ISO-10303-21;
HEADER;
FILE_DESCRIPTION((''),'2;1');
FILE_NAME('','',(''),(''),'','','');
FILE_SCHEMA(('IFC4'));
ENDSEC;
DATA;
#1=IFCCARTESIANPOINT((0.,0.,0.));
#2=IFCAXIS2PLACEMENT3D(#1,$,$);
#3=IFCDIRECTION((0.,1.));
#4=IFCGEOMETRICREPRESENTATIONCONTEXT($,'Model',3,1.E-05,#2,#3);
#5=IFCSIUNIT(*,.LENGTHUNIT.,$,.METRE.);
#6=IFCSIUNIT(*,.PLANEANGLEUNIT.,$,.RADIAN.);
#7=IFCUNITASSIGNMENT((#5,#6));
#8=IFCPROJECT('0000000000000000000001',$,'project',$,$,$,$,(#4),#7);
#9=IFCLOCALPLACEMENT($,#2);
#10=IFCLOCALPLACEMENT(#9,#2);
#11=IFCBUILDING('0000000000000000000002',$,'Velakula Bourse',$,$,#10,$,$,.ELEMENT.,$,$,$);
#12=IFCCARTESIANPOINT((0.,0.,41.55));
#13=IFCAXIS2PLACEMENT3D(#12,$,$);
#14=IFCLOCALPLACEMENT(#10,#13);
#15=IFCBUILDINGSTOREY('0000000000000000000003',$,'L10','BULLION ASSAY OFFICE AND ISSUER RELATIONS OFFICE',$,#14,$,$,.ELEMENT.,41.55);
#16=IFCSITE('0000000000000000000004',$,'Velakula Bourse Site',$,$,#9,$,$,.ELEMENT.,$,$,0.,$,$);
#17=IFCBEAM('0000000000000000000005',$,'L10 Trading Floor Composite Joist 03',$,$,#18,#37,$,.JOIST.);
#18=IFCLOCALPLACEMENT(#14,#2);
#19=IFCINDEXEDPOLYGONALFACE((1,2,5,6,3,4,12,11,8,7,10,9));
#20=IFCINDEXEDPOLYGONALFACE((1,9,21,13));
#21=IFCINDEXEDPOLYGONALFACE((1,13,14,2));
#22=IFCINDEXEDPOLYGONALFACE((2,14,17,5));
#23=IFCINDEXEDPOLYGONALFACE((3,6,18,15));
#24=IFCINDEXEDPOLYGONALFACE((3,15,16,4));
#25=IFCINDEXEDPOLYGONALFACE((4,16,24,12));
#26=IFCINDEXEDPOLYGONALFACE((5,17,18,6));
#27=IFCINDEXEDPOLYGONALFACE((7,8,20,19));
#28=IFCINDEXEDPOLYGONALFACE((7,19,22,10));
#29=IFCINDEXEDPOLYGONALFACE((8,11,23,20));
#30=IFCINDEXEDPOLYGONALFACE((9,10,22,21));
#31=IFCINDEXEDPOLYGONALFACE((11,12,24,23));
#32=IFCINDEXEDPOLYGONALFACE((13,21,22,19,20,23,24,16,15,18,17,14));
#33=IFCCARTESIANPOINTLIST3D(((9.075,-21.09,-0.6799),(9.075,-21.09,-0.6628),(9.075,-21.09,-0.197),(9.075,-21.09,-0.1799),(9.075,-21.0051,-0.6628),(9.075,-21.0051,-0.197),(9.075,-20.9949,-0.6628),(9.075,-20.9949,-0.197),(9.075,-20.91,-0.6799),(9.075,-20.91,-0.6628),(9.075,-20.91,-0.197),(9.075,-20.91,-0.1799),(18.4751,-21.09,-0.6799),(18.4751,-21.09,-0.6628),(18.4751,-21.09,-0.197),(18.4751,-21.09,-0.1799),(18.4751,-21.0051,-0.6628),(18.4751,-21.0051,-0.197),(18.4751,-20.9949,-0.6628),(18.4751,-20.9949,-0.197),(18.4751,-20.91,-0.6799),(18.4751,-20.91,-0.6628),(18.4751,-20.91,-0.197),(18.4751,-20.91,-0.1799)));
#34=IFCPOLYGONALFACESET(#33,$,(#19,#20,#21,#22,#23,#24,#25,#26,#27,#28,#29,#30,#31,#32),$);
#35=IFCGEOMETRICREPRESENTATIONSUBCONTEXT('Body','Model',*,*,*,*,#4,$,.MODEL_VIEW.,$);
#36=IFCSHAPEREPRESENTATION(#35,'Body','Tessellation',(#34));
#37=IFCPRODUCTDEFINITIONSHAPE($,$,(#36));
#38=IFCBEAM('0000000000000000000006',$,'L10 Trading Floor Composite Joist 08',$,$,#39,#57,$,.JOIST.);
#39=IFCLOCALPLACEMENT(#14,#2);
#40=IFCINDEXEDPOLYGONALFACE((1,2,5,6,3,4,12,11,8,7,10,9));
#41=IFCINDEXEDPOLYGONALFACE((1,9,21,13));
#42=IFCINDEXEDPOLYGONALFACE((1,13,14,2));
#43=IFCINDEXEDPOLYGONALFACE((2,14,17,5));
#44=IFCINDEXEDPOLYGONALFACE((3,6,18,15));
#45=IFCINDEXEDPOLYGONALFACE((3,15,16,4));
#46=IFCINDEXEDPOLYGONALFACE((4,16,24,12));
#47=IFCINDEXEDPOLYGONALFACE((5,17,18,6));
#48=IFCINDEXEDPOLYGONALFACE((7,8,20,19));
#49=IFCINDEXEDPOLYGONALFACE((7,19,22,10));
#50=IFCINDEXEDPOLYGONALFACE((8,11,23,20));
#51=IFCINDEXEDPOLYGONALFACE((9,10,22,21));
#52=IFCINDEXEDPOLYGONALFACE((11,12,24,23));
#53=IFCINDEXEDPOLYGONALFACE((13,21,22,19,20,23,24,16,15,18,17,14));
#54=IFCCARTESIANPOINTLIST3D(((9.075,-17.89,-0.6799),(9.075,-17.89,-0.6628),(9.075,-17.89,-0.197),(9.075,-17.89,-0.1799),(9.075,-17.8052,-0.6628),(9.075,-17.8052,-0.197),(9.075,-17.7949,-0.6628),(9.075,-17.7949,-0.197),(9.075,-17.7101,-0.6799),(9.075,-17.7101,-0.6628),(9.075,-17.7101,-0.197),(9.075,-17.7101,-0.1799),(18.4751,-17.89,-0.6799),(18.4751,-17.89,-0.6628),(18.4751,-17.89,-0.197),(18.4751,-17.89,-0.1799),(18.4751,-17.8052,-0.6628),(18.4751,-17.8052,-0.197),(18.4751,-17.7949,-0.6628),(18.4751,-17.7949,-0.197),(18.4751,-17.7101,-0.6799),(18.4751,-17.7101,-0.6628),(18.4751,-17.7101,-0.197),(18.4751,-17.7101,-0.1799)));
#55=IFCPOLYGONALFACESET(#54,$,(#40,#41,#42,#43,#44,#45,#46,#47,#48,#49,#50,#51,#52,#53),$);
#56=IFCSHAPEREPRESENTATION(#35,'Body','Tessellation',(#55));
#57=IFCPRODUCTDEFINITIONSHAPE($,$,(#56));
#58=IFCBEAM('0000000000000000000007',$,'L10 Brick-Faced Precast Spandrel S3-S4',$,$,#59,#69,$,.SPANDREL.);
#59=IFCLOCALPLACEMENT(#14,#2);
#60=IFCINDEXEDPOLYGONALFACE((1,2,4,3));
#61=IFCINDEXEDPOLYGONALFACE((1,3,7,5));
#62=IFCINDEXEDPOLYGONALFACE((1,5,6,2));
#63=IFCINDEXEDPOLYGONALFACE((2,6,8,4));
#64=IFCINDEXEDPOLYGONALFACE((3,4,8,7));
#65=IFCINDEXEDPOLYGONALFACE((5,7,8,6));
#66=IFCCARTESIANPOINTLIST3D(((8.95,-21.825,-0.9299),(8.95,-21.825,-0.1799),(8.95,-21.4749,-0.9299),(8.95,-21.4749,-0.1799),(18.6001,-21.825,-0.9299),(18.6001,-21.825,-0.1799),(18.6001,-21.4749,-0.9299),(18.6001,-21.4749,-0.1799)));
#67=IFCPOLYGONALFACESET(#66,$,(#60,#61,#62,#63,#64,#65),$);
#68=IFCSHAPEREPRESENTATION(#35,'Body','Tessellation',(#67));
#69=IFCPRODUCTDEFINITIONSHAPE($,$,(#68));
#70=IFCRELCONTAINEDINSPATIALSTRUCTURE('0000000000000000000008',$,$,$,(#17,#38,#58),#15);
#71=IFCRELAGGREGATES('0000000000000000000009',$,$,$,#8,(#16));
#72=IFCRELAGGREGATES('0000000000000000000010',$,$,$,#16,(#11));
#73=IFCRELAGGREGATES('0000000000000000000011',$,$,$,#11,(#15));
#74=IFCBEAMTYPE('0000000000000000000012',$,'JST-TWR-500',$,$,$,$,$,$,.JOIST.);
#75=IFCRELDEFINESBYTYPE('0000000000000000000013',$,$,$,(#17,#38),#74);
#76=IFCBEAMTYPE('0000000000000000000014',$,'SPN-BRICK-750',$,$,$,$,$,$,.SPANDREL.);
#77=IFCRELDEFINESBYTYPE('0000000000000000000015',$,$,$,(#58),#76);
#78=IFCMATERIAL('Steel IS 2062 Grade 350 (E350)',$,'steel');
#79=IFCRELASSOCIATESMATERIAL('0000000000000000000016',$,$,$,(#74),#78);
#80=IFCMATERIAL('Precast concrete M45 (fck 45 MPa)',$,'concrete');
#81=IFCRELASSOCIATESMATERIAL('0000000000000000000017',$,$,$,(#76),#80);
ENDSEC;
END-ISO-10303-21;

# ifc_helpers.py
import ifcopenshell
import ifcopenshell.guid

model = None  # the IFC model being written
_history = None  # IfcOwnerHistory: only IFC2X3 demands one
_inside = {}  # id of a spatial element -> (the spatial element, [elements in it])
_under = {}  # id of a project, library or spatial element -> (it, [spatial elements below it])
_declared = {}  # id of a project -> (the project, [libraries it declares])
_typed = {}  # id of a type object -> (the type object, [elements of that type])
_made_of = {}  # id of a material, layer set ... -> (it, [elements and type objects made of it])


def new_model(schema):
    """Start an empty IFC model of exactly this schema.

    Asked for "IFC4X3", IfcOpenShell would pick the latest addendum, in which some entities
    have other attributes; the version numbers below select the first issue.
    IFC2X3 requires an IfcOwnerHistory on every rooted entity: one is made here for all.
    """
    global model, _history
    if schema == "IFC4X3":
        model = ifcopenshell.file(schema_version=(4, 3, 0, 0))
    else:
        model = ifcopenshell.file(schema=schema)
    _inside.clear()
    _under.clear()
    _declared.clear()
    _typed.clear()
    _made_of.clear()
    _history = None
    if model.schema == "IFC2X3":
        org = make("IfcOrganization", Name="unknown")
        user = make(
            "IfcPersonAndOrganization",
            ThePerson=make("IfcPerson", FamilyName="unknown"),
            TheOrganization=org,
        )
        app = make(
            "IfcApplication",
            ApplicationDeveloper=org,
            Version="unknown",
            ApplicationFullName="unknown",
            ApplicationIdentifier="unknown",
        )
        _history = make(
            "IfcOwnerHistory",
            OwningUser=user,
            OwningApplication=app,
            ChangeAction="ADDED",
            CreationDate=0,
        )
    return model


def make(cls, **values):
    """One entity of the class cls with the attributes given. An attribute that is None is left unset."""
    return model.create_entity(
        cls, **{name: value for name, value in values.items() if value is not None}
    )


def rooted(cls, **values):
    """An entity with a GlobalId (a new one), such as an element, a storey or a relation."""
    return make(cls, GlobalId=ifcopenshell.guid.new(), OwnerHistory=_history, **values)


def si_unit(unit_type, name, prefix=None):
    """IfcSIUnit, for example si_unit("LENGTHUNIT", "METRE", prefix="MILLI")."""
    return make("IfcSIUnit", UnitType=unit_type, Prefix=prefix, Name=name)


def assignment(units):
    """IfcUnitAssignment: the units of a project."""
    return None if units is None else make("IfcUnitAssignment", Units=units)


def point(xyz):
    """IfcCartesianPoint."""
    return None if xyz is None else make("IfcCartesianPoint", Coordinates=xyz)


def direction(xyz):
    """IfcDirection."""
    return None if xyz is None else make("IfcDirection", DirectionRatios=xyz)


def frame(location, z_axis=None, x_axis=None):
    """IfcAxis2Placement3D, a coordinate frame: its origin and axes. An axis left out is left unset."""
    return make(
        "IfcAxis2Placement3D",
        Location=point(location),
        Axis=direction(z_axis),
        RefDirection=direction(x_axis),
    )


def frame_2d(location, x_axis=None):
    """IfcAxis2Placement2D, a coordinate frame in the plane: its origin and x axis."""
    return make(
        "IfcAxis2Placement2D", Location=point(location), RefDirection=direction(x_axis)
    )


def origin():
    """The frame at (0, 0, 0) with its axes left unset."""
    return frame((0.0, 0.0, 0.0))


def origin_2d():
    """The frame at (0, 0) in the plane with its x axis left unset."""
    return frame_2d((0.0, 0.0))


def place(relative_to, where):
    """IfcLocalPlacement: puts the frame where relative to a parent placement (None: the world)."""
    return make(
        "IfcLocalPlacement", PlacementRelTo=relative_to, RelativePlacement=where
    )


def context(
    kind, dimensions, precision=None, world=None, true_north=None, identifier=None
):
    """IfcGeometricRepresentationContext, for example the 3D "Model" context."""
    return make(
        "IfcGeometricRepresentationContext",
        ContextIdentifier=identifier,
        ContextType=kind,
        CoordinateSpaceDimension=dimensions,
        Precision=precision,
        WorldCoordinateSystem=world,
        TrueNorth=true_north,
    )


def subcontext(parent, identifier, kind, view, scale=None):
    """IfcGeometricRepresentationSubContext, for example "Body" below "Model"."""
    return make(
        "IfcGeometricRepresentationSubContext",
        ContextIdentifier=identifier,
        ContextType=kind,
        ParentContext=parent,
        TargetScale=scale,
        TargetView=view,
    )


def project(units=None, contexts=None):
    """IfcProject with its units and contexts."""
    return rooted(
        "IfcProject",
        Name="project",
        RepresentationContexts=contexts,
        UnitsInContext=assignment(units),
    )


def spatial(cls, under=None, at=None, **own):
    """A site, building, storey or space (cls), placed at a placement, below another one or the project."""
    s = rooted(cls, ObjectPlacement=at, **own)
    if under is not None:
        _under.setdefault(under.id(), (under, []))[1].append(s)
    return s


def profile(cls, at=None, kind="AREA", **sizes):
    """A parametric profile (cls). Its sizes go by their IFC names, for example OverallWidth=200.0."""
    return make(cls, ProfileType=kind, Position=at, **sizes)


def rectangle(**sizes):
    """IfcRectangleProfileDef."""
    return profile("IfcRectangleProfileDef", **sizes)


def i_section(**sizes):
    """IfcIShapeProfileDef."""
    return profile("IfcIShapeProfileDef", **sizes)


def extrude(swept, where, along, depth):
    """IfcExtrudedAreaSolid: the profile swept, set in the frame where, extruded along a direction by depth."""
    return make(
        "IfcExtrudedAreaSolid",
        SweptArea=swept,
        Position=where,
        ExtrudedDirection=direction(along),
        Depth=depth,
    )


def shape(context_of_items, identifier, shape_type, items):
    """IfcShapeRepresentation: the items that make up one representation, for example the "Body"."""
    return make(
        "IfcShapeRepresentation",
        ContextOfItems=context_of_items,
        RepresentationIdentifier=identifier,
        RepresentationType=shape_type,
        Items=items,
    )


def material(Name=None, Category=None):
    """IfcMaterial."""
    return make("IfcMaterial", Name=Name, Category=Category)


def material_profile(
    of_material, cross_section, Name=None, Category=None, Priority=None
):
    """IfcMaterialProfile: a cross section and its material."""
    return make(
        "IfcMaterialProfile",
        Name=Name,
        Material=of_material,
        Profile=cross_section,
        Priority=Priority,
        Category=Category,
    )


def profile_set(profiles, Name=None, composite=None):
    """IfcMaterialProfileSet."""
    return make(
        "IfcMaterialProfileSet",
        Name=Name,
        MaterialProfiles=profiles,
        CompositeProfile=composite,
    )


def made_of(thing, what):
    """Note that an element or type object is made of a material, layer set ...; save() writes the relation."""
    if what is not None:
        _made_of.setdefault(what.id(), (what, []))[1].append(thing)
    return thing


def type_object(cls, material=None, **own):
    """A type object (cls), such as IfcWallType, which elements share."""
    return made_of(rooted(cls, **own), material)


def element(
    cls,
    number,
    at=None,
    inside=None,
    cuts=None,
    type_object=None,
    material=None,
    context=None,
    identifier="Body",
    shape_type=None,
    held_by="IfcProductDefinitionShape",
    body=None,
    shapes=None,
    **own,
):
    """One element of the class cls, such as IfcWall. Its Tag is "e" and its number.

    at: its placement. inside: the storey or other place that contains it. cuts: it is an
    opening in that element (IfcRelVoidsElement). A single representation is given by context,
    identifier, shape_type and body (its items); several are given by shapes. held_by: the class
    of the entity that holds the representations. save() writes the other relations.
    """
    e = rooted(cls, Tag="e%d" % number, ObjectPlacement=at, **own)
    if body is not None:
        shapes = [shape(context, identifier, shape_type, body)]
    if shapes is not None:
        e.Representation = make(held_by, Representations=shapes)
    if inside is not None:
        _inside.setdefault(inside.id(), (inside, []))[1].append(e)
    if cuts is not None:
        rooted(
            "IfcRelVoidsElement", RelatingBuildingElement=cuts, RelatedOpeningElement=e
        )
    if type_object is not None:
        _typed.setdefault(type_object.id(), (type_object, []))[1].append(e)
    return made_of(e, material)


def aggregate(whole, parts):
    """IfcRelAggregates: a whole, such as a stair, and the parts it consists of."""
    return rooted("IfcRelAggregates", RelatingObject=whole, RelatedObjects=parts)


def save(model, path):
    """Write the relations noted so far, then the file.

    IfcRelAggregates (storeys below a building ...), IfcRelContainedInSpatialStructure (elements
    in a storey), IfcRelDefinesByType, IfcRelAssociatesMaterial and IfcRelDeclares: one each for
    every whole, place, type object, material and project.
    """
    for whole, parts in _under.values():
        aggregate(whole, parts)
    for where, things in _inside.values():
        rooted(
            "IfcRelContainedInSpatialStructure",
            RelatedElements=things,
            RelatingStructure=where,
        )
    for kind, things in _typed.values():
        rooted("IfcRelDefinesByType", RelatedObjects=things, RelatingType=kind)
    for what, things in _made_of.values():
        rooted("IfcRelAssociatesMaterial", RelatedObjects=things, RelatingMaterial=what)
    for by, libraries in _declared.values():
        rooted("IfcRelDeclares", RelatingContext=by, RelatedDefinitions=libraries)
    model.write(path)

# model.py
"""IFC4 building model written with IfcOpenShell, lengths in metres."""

from ifc_helpers import new_model, si_unit, direction, frame, origin, origin_2d, place, context, subcontext, project, spatial, rectangle, i_section, extrude, material, material_profile, profile_set, type_object, element, save


model = new_model("IFC4")

# Units and contexts
model_context = context("Model", 3, precision=1e-05, world=origin(), true_north=direction((0.0, 1.0)))
body_context = subcontext(model_context, "Body", "Model", "MODEL_VIEW")
ifc_project = project(units=[si_unit("LENGTHUNIT", "METRE"), si_unit("PLANEANGLEUNIT", "RADIAN")], contexts=[model_context])

# Site, building, storey
site_placement = place(None, origin())
site = spatial("IfcSite", under=ifc_project, at=site_placement, Name="Velakula Bourse Site", CompositionType="ELEMENT", RefElevation=0.0)
building_placement = place(site_placement, origin())
building = spatial("IfcBuilding", under=site, at=building_placement, Name="Velakula Bourse", CompositionType="ELEMENT")
storey_placement = place(building_placement, frame((0.0, 0.0, 41.55)))
storey = spatial("IfcBuildingStorey", under=building, at=storey_placement, Name="L10", Description="BULLION ASSAY OFFICE AND ISSUER RELATIONS OFFICE", CompositionType="ELEMENT", Elevation=41.55)

# Beams
ifc_material_1 = material(Name="Steel IS 2062 Grade 350 (E350)", Category="steel")
ifc_material_profile_1 = material_profile(ifc_material_1, i_section(OverallWidth=0.1799, OverallDepth=0.5, WebThickness=0.0103, FlangeThickness=0.0171, at=origin_2d()), Name="Steel IS 2062 Grade 350 (E350)")
ifc_profile_set_1 = profile_set([ifc_material_profile_1], Name="Steel IS 2062 Grade 350 (E350)")
beam_type_1 = type_object("IfcBeamType", Name="JST-TWR-500", PredefinedType="JOIST", material=ifc_profile_set_1)
for number, where, z_axis, x_axis, name in (
    (1, (9.075, -21.0, -0.4299), (1.0, 0.0, 0.0), (0.0, 1.0, 0.0), "L10 Trading Floor Composite Joist 03"),
    (2, (9.075, -17.8, -0.4299), (1.0, 0.0, 0.0), (0.0, 1.0, 0.0), "L10 Trading Floor Composite Joist 08"),
):
    element("IfcBeam", number, at=place(storey_placement, frame(where, z_axis=z_axis, x_axis=x_axis)), inside=storey, type_object=beam_type_1, Name=name, PredefinedType="JOIST", context=body_context, shape_type="SweptSolid", body=[
        extrude(i_section(OverallWidth=0.1799, OverallDepth=0.5, WebThickness=0.0103, FlangeThickness=0.0171, at=origin_2d()), origin(), (0.0, 0.0, 1.0), 9.4001),
    ])
ifc_material_2 = material(Name="Precast concrete M45 (fck 45 MPa)", Category="concrete")
ifc_material_profile_2 = material_profile(ifc_material_2, rectangle(XDim=0.3501, YDim=0.75, at=origin_2d()), Name="Precast concrete M45 (fck 45 MPa)")
ifc_profile_set_2 = profile_set([ifc_material_profile_2], Name="Precast concrete M45 (fck 45 MPa)")
beam_type_2 = type_object("IfcBeamType", Name="SPN-BRICK-750", PredefinedType="SPANDREL", material=ifc_profile_set_2)
beam_1_placement = place(storey_placement, frame((8.95, -21.6499, -0.5549), z_axis=(1.0, 0.0, 0.0), x_axis=(0.0, 1.0, 0.0)))
element("IfcBeam", 3, at=beam_1_placement, inside=storey, type_object=beam_type_2, Name="L10 Brick-Faced Precast Spandrel S3-S4", PredefinedType="SPANDREL", context=body_context, shape_type="SweptSolid", body=[
    extrude(rectangle(XDim=0.3501, YDim=0.75, at=origin_2d()), origin(), (0.0, 0.0, 1.0), 9.6501),
])

save(model, "model.ifc")
